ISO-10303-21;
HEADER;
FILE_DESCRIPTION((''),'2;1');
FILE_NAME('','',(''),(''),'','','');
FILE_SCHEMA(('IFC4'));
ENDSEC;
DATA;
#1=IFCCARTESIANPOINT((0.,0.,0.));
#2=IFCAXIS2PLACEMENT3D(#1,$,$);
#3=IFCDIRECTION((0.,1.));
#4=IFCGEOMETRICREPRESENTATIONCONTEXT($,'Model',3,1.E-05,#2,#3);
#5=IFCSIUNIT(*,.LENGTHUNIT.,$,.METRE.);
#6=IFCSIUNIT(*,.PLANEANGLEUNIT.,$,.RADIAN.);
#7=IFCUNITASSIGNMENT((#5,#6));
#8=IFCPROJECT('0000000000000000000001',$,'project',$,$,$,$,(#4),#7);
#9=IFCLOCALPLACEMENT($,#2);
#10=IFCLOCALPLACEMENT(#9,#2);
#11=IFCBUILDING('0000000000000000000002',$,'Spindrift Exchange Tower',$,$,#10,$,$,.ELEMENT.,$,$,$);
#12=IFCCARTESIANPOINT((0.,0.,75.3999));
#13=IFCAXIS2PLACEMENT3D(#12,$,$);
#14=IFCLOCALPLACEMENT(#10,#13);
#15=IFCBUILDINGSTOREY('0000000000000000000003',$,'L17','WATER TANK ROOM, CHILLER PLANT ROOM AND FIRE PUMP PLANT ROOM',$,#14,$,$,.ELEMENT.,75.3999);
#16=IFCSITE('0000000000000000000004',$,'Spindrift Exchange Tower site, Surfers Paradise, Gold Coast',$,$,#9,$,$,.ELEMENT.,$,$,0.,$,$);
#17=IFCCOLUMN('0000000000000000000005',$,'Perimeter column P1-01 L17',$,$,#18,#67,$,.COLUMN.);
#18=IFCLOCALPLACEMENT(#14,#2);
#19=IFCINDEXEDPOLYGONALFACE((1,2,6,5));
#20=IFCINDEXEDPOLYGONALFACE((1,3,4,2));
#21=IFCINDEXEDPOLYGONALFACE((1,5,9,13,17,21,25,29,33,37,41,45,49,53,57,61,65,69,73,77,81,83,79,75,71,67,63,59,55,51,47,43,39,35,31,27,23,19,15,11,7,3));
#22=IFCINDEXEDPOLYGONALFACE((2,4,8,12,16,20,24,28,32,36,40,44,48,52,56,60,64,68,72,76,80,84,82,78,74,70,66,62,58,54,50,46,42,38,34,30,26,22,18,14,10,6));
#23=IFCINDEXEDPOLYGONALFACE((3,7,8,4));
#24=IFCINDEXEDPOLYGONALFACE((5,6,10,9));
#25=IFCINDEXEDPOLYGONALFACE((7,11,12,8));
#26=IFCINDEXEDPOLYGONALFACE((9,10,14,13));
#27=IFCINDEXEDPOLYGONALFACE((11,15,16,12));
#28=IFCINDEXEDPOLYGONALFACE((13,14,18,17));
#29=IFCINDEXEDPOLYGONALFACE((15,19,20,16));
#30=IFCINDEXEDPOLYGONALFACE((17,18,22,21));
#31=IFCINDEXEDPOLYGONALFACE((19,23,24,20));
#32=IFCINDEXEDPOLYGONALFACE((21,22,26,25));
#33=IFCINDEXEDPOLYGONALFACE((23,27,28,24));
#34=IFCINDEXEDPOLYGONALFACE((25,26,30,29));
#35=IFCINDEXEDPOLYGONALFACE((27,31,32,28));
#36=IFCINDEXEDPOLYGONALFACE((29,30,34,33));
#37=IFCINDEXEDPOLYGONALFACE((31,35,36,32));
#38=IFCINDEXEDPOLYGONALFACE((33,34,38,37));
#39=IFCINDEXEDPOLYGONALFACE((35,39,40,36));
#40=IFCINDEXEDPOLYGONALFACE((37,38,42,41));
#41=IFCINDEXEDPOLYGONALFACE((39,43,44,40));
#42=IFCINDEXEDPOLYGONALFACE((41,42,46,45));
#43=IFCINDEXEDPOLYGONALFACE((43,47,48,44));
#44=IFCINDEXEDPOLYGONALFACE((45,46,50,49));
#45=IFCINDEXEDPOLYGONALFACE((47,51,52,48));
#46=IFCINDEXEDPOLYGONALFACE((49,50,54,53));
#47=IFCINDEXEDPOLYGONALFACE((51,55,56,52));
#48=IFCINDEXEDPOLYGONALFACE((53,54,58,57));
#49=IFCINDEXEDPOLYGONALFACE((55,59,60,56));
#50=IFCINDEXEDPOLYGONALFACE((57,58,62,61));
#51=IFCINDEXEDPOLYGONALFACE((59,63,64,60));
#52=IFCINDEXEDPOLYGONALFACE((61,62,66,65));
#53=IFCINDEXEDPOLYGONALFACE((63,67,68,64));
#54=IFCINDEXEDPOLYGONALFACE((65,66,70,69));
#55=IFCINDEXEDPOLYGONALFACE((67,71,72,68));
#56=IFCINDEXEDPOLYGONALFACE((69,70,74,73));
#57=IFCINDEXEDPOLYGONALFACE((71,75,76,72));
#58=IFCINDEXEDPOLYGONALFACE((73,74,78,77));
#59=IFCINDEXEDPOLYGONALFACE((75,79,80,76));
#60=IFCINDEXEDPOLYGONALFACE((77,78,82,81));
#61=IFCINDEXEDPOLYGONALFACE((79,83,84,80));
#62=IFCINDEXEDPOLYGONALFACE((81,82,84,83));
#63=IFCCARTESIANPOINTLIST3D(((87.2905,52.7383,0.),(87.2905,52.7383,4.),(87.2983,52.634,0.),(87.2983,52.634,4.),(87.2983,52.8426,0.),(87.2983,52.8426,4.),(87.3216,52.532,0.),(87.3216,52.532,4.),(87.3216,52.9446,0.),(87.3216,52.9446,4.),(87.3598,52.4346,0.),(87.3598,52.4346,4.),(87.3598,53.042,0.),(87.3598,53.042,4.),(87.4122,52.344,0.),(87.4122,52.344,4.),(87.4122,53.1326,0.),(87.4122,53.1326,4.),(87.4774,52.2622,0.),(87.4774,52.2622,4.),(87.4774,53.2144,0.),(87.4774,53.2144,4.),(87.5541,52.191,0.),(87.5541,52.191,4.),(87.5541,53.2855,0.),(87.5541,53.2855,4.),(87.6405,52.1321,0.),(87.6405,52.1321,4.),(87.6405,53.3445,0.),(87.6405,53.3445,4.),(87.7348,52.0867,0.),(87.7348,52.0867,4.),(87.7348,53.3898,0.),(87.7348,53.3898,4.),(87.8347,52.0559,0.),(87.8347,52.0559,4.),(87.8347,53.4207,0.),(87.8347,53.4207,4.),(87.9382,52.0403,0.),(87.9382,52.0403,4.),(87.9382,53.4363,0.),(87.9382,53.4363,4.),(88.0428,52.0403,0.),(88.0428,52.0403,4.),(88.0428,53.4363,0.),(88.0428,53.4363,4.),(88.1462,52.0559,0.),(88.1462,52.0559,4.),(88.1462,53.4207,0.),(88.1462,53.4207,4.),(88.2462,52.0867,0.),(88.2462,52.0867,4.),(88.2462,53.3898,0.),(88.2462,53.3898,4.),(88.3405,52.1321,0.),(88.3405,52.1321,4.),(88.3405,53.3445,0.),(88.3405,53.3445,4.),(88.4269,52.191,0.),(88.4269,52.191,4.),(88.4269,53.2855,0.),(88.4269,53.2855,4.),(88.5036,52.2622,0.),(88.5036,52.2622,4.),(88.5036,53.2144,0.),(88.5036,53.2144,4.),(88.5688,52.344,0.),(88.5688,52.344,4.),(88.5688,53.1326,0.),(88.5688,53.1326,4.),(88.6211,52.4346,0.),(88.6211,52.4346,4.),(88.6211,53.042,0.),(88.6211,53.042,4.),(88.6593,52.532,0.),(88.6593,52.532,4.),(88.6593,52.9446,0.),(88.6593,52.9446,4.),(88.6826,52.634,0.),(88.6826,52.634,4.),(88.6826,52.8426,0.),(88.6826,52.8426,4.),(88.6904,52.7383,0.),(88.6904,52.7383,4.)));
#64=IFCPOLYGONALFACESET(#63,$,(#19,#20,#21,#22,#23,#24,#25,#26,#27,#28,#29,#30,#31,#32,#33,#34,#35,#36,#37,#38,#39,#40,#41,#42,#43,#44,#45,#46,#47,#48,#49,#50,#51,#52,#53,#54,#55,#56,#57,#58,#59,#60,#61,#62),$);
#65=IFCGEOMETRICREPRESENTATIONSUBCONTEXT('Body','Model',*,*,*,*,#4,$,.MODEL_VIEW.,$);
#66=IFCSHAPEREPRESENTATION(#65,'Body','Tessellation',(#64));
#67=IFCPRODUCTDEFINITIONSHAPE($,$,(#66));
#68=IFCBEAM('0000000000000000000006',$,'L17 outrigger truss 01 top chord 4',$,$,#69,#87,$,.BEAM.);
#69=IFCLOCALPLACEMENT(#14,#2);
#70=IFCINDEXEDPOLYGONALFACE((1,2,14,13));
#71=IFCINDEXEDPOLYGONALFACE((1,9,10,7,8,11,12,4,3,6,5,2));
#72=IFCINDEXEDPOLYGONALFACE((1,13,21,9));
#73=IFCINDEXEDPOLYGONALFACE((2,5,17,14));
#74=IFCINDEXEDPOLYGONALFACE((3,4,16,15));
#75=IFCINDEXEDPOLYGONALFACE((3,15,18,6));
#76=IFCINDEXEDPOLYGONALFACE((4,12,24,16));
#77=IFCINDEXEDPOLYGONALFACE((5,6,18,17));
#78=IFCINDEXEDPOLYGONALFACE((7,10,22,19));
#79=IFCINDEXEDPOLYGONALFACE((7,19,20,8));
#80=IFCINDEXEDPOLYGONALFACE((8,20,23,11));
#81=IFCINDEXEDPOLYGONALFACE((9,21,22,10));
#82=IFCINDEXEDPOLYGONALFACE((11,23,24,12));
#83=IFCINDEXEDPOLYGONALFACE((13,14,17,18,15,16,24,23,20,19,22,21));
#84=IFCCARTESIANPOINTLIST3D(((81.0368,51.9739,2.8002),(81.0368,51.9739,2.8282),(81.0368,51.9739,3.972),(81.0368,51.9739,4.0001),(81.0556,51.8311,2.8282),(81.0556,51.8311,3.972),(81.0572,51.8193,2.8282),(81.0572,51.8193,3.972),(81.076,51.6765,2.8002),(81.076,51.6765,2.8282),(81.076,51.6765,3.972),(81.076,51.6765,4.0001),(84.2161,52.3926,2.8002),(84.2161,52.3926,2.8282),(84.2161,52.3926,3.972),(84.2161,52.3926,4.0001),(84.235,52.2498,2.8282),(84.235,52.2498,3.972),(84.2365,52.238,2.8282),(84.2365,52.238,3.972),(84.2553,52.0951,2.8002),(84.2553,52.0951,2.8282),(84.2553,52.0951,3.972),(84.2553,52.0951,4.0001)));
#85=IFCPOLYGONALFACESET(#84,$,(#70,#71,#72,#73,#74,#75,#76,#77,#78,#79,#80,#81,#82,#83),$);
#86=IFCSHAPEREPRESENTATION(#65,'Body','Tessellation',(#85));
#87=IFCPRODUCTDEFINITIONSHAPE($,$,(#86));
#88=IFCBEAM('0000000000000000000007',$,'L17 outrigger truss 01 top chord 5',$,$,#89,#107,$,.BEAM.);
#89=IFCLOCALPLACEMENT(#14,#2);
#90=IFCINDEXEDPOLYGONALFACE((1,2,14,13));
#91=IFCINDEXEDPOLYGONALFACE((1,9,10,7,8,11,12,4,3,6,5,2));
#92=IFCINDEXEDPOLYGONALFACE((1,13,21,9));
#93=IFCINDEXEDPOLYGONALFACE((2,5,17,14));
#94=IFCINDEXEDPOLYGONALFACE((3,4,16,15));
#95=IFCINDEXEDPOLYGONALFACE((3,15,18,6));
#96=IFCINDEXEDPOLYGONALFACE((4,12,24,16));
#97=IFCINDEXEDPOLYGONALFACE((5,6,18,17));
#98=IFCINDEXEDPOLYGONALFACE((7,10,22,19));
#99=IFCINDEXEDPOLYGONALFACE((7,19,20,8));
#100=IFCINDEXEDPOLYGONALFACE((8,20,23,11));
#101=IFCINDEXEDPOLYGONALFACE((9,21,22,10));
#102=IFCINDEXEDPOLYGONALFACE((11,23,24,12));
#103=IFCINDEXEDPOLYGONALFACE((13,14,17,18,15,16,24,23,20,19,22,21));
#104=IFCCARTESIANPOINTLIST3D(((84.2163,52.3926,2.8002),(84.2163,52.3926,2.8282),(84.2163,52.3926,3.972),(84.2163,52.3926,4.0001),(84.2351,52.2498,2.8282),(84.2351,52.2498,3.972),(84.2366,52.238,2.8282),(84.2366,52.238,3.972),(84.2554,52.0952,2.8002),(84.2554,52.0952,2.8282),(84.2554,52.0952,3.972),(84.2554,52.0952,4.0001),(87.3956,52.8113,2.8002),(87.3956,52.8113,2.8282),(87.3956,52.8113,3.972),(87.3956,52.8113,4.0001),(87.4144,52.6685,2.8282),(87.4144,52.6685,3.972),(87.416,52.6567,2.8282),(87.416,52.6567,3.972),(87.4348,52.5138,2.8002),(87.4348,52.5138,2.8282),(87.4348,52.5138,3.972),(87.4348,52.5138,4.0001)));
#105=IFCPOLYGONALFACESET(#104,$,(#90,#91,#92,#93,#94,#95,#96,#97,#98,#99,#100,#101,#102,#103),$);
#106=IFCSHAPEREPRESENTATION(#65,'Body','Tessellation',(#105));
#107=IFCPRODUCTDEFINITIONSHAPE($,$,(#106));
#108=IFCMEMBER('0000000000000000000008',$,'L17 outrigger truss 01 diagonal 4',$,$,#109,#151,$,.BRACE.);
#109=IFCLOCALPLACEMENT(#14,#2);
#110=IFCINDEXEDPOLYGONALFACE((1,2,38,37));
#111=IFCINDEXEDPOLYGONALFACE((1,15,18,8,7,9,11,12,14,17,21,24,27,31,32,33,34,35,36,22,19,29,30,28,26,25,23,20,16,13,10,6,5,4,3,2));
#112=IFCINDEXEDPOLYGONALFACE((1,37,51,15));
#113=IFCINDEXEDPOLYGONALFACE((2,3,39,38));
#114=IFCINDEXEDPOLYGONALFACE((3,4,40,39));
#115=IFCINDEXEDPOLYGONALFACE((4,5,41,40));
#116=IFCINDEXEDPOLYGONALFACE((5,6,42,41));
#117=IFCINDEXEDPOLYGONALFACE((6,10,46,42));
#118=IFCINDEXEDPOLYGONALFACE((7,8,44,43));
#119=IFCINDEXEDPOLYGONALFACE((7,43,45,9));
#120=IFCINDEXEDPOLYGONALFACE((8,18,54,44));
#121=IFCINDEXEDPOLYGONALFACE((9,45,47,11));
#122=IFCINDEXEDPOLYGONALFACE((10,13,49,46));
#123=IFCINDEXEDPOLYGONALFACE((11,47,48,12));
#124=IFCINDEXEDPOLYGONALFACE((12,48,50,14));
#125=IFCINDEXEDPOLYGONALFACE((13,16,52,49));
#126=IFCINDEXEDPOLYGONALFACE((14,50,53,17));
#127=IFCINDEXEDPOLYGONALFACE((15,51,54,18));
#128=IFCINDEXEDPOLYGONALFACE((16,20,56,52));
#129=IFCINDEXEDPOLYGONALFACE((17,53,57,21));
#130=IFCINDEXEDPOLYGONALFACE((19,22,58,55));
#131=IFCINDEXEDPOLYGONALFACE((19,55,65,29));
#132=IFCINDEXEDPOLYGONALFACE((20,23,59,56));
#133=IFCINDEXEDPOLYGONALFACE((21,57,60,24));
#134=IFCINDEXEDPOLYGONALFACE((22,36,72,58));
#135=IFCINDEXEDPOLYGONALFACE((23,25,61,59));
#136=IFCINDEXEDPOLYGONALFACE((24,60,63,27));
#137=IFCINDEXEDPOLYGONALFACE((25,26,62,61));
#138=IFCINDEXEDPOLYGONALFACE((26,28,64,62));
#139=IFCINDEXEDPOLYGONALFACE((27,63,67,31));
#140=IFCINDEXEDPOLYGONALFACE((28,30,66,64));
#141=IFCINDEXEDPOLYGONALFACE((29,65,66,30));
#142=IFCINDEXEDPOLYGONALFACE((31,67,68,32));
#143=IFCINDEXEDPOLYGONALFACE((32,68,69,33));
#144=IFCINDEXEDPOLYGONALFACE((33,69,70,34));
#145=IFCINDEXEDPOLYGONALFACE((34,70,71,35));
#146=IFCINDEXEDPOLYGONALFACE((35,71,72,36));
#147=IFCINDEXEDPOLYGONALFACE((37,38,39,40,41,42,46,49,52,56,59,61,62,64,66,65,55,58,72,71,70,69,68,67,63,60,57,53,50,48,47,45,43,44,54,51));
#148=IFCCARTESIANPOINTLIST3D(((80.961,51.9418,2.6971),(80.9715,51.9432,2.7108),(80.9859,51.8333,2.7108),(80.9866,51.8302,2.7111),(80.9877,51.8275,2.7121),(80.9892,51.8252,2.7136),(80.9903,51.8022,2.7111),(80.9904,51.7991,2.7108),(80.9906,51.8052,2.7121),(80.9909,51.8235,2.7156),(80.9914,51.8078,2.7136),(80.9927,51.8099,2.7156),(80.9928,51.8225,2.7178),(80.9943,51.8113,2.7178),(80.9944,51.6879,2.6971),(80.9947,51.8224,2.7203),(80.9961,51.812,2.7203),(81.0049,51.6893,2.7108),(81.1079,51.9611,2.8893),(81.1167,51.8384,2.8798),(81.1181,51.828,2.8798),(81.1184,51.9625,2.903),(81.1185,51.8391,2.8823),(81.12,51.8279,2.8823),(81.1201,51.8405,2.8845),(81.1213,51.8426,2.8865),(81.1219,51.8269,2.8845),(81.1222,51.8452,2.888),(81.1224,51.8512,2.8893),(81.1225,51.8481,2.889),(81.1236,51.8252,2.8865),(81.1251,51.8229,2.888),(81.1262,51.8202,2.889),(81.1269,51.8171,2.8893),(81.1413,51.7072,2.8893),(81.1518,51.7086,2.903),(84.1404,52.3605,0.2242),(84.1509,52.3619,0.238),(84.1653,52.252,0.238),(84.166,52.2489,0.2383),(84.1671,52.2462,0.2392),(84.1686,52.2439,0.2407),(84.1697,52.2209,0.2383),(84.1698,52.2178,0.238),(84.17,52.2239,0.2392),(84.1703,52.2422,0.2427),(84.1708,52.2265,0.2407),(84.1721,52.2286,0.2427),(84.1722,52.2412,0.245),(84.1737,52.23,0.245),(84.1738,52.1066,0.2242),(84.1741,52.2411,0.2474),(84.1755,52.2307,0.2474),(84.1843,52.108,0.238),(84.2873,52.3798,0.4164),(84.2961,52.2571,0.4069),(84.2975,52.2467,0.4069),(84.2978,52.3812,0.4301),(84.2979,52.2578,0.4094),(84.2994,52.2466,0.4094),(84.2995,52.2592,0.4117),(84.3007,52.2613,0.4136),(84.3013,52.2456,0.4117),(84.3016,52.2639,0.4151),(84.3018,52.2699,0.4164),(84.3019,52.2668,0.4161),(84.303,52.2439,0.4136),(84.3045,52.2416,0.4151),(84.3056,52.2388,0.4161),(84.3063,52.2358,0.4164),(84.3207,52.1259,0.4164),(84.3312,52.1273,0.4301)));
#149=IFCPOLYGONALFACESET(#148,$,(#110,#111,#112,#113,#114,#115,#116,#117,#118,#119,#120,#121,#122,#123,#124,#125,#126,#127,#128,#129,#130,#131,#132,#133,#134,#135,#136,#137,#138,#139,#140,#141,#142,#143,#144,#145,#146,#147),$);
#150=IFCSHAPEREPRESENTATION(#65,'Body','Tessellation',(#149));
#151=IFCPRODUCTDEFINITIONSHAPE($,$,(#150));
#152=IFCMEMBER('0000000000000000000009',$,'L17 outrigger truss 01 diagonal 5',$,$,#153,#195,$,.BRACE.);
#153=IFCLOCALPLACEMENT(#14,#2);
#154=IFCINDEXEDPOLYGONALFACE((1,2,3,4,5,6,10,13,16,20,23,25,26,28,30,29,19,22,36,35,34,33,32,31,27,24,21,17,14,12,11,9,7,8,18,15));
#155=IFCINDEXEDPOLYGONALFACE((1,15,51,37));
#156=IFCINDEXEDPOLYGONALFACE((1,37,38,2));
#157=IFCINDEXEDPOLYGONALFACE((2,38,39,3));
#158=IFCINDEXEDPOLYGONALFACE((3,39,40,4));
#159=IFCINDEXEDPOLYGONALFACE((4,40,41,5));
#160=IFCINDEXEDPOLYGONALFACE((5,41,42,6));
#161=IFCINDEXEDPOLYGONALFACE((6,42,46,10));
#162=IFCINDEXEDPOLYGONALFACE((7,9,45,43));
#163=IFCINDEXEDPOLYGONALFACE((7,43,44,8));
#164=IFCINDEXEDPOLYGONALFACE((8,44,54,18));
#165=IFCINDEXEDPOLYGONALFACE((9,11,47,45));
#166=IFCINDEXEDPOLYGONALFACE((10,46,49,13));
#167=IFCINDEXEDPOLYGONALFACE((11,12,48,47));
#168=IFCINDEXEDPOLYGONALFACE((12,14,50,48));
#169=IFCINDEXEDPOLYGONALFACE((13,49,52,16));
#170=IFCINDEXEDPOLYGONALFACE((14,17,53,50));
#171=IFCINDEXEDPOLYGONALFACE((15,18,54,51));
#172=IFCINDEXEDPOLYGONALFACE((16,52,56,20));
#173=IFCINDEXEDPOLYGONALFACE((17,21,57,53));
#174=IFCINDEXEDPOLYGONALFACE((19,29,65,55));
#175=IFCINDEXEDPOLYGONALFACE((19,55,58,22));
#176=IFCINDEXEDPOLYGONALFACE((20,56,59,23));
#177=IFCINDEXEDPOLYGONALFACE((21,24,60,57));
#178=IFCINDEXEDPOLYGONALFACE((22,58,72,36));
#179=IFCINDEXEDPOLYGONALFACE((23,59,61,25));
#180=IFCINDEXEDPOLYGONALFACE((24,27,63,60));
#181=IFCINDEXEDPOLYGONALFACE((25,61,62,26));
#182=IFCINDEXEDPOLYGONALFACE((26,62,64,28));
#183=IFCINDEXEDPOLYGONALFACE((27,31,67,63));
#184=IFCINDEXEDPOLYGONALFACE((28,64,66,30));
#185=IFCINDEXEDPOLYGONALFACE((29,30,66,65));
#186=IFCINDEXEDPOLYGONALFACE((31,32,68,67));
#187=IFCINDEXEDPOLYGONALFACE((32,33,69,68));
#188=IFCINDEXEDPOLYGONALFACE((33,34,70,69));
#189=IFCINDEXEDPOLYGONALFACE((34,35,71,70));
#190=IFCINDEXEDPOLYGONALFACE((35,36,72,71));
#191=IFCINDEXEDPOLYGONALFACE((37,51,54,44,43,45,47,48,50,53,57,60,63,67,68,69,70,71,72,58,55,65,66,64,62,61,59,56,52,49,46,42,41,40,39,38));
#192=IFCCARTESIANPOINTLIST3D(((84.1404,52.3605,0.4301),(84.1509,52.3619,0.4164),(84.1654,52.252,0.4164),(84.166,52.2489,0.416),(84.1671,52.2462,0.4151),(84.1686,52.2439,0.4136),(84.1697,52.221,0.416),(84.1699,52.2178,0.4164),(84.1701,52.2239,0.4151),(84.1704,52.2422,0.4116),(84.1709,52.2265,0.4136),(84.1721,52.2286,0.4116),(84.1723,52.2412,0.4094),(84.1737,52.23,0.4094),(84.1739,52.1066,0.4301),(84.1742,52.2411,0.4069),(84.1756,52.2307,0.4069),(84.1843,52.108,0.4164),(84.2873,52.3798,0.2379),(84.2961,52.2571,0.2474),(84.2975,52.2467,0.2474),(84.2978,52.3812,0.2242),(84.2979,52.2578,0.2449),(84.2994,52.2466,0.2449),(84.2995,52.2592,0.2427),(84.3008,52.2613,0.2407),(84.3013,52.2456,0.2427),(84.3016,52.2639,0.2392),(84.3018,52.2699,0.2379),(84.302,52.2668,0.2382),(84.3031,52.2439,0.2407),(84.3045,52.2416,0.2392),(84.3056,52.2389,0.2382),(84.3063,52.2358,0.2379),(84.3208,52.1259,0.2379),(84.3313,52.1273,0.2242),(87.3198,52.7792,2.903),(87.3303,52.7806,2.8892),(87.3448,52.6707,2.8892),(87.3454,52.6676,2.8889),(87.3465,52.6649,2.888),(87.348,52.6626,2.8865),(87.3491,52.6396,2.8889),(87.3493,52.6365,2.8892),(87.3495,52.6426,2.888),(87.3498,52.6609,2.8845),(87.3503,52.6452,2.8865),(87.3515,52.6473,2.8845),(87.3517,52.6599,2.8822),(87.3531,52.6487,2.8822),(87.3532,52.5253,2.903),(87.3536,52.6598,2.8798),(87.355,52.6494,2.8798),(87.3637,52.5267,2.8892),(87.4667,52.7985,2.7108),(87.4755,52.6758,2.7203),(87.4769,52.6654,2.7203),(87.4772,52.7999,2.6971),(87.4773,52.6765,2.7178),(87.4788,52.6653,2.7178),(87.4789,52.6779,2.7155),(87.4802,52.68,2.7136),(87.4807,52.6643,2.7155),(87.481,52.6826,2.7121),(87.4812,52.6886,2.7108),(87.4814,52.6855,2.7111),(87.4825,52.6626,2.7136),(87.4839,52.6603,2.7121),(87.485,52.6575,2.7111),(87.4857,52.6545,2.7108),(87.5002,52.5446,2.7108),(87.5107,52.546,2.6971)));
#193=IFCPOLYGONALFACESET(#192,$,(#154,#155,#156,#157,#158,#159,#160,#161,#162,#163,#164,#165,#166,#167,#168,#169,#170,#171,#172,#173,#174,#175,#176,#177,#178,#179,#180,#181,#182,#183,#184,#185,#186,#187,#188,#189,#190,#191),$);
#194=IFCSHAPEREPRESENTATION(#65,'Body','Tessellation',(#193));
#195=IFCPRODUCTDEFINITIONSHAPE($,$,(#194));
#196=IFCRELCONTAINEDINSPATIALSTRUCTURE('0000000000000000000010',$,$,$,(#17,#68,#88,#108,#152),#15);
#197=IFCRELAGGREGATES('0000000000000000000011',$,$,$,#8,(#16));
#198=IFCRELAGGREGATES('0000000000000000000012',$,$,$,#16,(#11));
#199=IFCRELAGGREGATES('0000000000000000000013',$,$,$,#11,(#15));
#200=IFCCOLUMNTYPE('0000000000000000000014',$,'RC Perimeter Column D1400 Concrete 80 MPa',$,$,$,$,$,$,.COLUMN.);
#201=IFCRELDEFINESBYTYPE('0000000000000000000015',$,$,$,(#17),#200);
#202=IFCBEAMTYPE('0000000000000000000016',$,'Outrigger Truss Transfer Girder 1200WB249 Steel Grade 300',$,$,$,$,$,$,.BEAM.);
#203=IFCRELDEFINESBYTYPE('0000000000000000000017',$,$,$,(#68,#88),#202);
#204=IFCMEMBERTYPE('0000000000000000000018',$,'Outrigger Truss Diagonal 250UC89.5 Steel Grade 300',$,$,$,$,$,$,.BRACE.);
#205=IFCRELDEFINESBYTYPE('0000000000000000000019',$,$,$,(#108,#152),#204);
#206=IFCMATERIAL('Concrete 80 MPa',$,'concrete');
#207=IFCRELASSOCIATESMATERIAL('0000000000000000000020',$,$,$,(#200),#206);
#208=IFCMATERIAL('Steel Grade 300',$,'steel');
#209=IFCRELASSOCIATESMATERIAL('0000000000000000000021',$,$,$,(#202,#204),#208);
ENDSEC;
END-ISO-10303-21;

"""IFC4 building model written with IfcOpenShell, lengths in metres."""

from ifc_helpers import new_model, si_unit, direction, frame, origin, origin_2d, place, context, subcontext, project, spatial, circle, i_section, extrude, source, transform, mapped, material, material_profile, profile_set, type_object, element, save


model = new_model("IFC4")

# Units and contexts
model_context = context("Model", 3, precision=1e-05, world=origin(), true_north=direction((0.0, 1.0)))
body_context = subcontext(model_context, "Body", "Model", "MODEL_VIEW")
ifc_project = project(units=[si_unit("LENGTHUNIT", "METRE"), si_unit("PLANEANGLEUNIT", "RADIAN")], contexts=[model_context])

# Site, building, storey
site_placement = place(None, origin())
site = spatial("IfcSite", under=ifc_project, at=site_placement, Name="Spindrift Exchange Tower site, Surfers Paradise, Gold Coast", CompositionType="ELEMENT", RefElevation=0.0)
building_placement = place(site_placement, origin())
building = spatial("IfcBuilding", under=site, at=building_placement, Name="Spindrift Exchange Tower", CompositionType="ELEMENT")
storey_placement = place(building_placement, frame((0.0, 0.0, 75.3999)))
storey = spatial("IfcBuildingStorey", under=building, at=storey_placement, Name="L17", Description="WATER TANK ROOM, CHILLER PLANT ROOM AND FIRE PUMP PLANT ROOM", CompositionType="ELEMENT", Elevation=75.3999)

# Column
ifc_material_1 = material(Name="Concrete 80 MPa", Category="concrete")
ifc_material_profile_1 = material_profile(ifc_material_1, circle(Radius=0.7, at=origin_2d()), Name="RC D1400")
ifc_profile_set_1 = profile_set([ifc_material_profile_1], Name="Concrete 80 MPa")
column_type = type_object("IfcColumnType", Name="RC Perimeter Column D1400 Concrete 80 MPa", PredefinedType="COLUMN", material=ifc_profile_set_1)
shared_shape_1 = source(origin(), body_context, "Body", "SweptSolid", [
    extrude(circle(Radius=0.7, at=origin_2d()), origin(), (0.0, 0.0, 1.0), 4.0),
])
column_placement = place(storey_placement, frame((87.9905, 52.7383, 0.0), z_axis=(0.0, 0.0, 1.0), x_axis=(1.0, 0.0, 0.0)))
element("IfcColumn", 1, at=column_placement, inside=storey, type_object=column_type, Name="Perimeter column P1-01 L17", PredefinedType="COLUMN", context=body_context, shape_type="MappedRepresentation", body=[
    mapped(shared_shape_1, transform((0.0, 0.0, 0.0), scale=1.0)),
])

# Beams
ifc_material_2 = material(Name="Steel Grade 300", Category="steel")
ifc_material_profile_2 = material_profile(ifc_material_2, i_section(OverallWidth=0.3, OverallDepth=1.2, WebThickness=0.012, FlangeThickness=0.0281, at=origin_2d()), Name="1200WB249")
ifc_profile_set_2 = profile_set([ifc_material_profile_2], Name="Steel Grade 300")
beam_type_1 = type_object("IfcBeamType", Name="Outrigger Truss Transfer Girder 1200WB249 Steel Grade 300", PredefinedType="BEAM", material=ifc_profile_set_2)
shared_shape_2 = source(origin(), body_context, "Body", "SweptSolid", [
    extrude(i_section(OverallWidth=0.3, OverallDepth=1.2, WebThickness=0.012, FlangeThickness=0.0281, at=origin_2d()), origin(), (0.0, 0.0, 1.0), 3.2068),
])
for number, where, z_axis, x_axis, name in (
    (2, (81.0564, 51.8252, 3.4001), (0.99144, 0.130563, 0.0), (-0.130563, 0.99144, 0.0), "L17 outrigger truss 01 top chord 4"),
    (3, (84.2358, 52.2439, 3.4001), (0.99144, 0.130563, 0.0), (-0.130563, 0.99144, 0.0), "L17 outrigger truss 01 top chord 5"),
):
    element("IfcBeam", number, at=place(storey_placement, frame(where, z_axis=z_axis, x_axis=x_axis)), inside=storey, type_object=beam_type_1, Name=name, PredefinedType="BEAM", context=body_context, shape_type="MappedRepresentation", body=[
        mapped(shared_shape_2, transform((0.0, 0.0, 0.0), scale=1.0)),
    ])

# Members
ifc_material_profile_3 = material_profile(ifc_material_2, i_section(OverallWidth=0.2561, OverallDepth=0.26, WebThickness=0.0105, FlangeThickness=0.0173, FilletRadius=0.012, at=origin_2d()), Name="250UC89.5")
ifc_profile_set_3 = profile_set([ifc_material_profile_3], Name="Steel Grade 300")
member_type_1 = type_object("IfcMemberType", Name="Outrigger Truss Diagonal 250UC89.5 Steel Grade 300", PredefinedType="BRACE", material=ifc_profile_set_3)
shared_shape_3 = source(origin(), body_context, "Body", "SweptSolid", [
    extrude(i_section(OverallWidth=0.2561, OverallDepth=0.26, WebThickness=0.0105, FlangeThickness=0.0173, FilletRadius=0.012, at=origin_2d()), origin(), (0.0, 0.0, 1.0), 4.0496),
])
for number, where, z_axis, x_axis, name in (
    (4, (81.0564, 51.8252, 2.8), (0.785122, 0.103393, -0.61065), (-0.130563, 0.99144, 0.0), "L17 outrigger truss 01 diagonal 4"),
    (5, (84.2358, 52.2439, 0.3271), (0.785122, 0.103393, 0.61065), (-0.130563, 0.99144, 0.0), "L17 outrigger truss 01 diagonal 5"),
):
    element("IfcMember", number, at=place(storey_placement, frame(where, z_axis=z_axis, x_axis=x_axis)), inside=storey, type_object=member_type_1, Name=name, PredefinedType="BRACE", context=body_context, shape_type="MappedRepresentation", body=[
        mapped(shared_shape_3, transform((0.0, 0.0, 0.0), scale=1.0)),
    ])

save(model, "model.ifc")
